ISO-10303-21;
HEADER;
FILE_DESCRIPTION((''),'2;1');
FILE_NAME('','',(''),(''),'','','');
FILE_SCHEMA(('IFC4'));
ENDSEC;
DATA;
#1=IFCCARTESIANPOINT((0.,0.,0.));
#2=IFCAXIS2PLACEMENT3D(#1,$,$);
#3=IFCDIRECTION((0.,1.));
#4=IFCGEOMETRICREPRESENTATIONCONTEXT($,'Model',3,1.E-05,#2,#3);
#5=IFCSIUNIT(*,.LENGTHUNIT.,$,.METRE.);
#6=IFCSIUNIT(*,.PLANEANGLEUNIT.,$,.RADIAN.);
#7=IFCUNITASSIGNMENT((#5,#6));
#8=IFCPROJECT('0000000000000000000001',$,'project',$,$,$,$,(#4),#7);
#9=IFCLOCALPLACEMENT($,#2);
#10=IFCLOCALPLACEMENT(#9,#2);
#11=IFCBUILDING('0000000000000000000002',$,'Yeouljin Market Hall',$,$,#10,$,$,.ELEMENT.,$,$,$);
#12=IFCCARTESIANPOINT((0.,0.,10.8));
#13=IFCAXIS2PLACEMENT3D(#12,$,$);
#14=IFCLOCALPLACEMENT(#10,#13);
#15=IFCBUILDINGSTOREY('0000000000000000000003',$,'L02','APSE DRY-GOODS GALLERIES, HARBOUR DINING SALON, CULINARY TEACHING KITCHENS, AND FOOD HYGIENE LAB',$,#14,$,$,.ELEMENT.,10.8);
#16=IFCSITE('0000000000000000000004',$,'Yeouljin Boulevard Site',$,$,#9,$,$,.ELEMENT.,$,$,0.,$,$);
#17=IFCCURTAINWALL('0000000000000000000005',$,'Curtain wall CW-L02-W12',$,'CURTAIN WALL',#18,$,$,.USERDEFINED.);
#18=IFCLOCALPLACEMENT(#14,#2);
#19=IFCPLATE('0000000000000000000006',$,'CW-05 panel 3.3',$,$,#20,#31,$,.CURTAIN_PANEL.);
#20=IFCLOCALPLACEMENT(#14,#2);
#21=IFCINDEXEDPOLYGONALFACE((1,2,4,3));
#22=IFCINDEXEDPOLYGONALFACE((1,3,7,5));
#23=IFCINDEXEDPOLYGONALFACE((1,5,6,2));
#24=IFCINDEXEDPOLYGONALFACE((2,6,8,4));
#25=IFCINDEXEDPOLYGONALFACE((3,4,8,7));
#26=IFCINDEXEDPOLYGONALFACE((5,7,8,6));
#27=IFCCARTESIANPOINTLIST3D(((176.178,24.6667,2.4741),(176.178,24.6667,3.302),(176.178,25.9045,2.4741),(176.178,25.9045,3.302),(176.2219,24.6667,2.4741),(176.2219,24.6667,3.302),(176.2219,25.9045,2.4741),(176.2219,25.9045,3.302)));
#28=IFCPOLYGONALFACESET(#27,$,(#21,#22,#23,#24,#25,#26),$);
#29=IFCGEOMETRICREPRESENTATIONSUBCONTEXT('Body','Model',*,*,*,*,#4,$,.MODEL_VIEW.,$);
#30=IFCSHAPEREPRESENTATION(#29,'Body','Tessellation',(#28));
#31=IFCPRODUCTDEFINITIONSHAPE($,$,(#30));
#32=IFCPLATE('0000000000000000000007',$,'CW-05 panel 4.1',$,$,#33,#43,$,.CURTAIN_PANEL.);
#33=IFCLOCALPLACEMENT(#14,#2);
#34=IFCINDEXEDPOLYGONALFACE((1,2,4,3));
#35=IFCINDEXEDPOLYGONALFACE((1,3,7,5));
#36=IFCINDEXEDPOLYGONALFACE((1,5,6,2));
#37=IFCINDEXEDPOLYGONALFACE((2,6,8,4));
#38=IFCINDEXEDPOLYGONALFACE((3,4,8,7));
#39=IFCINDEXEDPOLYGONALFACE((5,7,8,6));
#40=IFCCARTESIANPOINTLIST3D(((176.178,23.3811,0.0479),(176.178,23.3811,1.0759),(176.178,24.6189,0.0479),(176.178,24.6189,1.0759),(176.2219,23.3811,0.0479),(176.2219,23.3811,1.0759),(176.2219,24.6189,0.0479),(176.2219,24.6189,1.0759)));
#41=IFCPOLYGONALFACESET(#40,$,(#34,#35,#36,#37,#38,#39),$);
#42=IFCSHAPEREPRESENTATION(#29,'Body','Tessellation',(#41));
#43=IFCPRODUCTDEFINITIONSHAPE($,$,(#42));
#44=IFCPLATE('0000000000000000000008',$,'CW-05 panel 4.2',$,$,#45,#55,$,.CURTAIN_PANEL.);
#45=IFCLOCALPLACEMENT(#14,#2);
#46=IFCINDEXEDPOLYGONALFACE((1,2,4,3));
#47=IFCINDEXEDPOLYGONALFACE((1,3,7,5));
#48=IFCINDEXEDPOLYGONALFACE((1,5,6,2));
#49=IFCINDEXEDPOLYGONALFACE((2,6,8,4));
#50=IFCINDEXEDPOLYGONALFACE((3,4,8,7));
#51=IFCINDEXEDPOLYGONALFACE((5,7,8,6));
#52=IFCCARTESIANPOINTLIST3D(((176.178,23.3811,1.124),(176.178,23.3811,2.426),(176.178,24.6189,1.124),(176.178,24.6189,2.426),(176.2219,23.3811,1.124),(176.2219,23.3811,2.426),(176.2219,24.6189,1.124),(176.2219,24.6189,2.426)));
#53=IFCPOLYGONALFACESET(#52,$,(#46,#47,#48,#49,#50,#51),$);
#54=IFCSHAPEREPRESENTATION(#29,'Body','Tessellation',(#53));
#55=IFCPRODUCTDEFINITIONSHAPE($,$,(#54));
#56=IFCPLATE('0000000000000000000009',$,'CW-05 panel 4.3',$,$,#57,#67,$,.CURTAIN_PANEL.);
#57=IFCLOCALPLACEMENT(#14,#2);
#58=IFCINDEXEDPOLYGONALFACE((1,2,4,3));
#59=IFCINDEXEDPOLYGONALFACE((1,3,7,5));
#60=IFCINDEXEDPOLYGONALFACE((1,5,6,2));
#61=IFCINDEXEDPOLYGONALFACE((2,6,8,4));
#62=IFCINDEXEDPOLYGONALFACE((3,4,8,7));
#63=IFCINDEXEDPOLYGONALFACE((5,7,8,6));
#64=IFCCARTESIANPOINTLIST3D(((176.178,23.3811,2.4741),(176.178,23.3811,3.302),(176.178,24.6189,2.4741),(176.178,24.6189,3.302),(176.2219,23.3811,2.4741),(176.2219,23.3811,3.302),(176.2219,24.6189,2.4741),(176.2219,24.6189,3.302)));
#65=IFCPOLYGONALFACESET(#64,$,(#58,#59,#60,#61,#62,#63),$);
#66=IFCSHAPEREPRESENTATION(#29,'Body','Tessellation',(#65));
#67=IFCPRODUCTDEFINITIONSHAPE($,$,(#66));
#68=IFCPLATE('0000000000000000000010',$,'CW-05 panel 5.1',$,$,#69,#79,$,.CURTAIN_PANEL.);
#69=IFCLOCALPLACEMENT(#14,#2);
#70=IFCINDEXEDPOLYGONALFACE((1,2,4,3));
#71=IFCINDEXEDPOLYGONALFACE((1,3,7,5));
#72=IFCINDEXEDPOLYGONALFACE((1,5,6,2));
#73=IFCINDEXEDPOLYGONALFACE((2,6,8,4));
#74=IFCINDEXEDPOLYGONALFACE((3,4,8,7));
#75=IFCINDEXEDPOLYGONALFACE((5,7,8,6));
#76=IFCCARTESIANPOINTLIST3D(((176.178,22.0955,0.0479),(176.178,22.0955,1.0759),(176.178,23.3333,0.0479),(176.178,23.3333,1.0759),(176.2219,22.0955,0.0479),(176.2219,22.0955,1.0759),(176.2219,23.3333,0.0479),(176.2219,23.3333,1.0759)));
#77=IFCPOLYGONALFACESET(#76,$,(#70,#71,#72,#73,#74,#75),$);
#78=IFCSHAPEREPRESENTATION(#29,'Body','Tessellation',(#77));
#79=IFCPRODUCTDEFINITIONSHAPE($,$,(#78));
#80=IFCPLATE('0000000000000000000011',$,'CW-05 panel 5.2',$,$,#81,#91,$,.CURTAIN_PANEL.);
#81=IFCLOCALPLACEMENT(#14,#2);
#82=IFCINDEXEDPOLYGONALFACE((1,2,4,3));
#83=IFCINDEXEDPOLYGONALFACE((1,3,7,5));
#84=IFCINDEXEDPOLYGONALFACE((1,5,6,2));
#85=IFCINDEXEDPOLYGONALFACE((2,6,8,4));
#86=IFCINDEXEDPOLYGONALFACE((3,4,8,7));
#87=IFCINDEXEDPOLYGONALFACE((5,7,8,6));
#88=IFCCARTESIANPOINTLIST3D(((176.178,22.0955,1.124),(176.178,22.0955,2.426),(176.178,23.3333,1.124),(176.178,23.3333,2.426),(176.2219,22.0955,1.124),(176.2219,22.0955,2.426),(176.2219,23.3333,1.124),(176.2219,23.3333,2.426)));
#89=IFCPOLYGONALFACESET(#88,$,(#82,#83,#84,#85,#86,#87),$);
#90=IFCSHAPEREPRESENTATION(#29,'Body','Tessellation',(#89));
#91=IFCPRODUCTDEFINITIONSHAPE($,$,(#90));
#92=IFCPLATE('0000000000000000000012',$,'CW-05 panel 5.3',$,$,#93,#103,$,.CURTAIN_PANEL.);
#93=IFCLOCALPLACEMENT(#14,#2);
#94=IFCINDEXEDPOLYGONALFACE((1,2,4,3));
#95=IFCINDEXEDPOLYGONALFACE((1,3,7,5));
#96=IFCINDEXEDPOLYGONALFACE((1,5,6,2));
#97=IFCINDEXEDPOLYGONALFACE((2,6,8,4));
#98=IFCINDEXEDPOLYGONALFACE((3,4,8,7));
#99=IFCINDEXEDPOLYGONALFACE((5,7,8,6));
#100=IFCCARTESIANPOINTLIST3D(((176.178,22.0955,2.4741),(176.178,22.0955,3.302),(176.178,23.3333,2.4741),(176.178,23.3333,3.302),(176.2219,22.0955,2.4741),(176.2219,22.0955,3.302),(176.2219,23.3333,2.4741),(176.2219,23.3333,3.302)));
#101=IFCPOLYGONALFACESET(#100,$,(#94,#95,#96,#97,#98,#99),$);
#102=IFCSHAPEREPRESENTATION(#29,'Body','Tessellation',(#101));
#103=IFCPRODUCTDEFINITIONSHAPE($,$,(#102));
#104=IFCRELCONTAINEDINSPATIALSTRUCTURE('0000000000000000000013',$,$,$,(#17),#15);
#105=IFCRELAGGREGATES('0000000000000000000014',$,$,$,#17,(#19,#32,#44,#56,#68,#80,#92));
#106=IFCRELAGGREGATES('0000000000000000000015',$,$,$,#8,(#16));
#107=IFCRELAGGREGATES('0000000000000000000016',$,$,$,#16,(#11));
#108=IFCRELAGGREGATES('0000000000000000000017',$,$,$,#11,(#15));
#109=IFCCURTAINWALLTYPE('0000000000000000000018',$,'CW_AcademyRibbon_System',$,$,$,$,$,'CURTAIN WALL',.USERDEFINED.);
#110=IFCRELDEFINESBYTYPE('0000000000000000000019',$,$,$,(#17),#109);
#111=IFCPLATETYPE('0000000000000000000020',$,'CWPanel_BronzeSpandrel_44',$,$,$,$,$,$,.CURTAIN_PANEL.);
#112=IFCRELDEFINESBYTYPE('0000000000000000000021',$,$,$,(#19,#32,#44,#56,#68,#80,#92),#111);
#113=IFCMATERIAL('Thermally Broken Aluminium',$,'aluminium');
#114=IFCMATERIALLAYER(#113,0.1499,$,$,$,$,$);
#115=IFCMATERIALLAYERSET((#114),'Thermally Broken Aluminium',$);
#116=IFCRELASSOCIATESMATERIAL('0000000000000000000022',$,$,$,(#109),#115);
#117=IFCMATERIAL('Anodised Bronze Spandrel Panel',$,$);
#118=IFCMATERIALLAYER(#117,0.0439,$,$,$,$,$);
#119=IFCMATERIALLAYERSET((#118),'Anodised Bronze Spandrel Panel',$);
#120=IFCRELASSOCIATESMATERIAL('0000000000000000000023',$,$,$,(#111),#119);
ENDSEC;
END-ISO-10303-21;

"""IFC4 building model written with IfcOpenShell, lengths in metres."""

from ifc_helpers import new_model, si_unit, direction, frame, origin, origin_2d, place, context, subcontext, project, spatial, rectangle, extrude, material, layer, layer_set, type_object, element, aggregate, save


model = new_model("IFC4")

# Units and contexts
model_context = context("Model", 3, precision=1e-05, world=origin(), true_north=direction((0.0, 1.0)))
body_context = subcontext(model_context, "Body", "Model", "MODEL_VIEW")
ifc_project = project(units=[si_unit("LENGTHUNIT", "METRE"), si_unit("PLANEANGLEUNIT", "RADIAN")], contexts=[model_context])

# Site, building, storey
site_placement = place(None, origin())
site = spatial("IfcSite", under=ifc_project, at=site_placement, Name="Yeouljin Boulevard Site", CompositionType="ELEMENT", RefElevation=0.0)
building_placement = place(site_placement, origin())
building = spatial("IfcBuilding", under=site, at=building_placement, Name="Yeouljin Market Hall", CompositionType="ELEMENT")
storey_placement = place(building_placement, frame((0.0, 0.0, 10.8)))
storey = spatial("IfcBuildingStorey", under=building, at=storey_placement, Name="L02", Description="APSE DRY-GOODS GALLERIES, HARBOUR DINING SALON, CULINARY TEACHING KITCHENS, AND FOOD HYGIENE LAB", CompositionType="ELEMENT", Elevation=10.8)

# Curtain wall, plates
ifc_material_1 = material(Name="Thermally Broken Aluminium", Category="aluminium")
ifc_layer_1 = layer(ifc_material_1, 0.1499)
ifc_layer_set_1 = layer_set([ifc_layer_1], Name="Thermally Broken Aluminium")
curtain_wall_type = type_object("IfcCurtainWallType", Name="CW_AcademyRibbon_System", ElementType="CURTAIN WALL", PredefinedType="USERDEFINED", material=ifc_layer_set_1)
curtain_wall_placement = place(storey_placement, origin())
curtain_wall = element("IfcCurtainWall", 1, at=curtain_wall_placement, inside=storey, type_object=curtain_wall_type, Name="Curtain wall CW-L02-W12", ObjectType="CURTAIN WALL", PredefinedType="USERDEFINED")
ifc_material_2 = material(Name="Anodised Bronze Spandrel Panel")
ifc_layer_2 = layer(ifc_material_2, 0.0439)
ifc_layer_set_2 = layer_set([ifc_layer_2], Name="Anodised Bronze Spandrel Panel")
plate_type = type_object("IfcPlateType", Name="CWPanel_BronzeSpandrel_44", PredefinedType="CURTAIN_PANEL", material=ifc_layer_set_2)
plate_1_placement = place(storey_placement, frame((176.2, 25.2856, 2.4741), z_axis=(0.0, 0.0, 1.0), x_axis=(0.0, -1.0, 0.0)))
plate_1 = element("IfcPlate", 2, at=plate_1_placement, type_object=plate_type, Name="CW-05 panel 3.3", PredefinedType="CURTAIN_PANEL", context=body_context, shape_type="SweptSolid", body=[
    extrude(rectangle(XDim=1.2378, YDim=0.0439, at=origin_2d()), origin(), (0.0, 0.0, 1.0), 0.8279),
])
plate_2_placement = place(storey_placement, frame((176.2, 24.0, 0.0479), z_axis=(0.0, 0.0, 1.0), x_axis=(0.0, -1.0, 0.0)))
plate_2 = element("IfcPlate", 3, at=plate_2_placement, type_object=plate_type, Name="CW-05 panel 4.1", PredefinedType="CURTAIN_PANEL", context=body_context, shape_type="SweptSolid", body=[
    extrude(rectangle(XDim=1.2378, YDim=0.0439, at=origin_2d()), origin(), (0.0, 0.0, 1.0), 1.0281),
])
plate_3_placement = place(storey_placement, frame((176.2, 24.0, 1.124), z_axis=(0.0, 0.0, 1.0), x_axis=(0.0, -1.0, 0.0)))
plate_3 = element("IfcPlate", 4, at=plate_3_placement, type_object=plate_type, Name="CW-05 panel 4.2", PredefinedType="CURTAIN_PANEL", context=body_context, shape_type="SweptSolid", body=[
    extrude(rectangle(XDim=1.2378, YDim=0.0439, at=origin_2d()), origin(), (0.0, 0.0, 1.0), 1.302),
])
plate_4_placement = place(storey_placement, frame((176.2, 24.0, 2.4741), z_axis=(0.0, 0.0, 1.0), x_axis=(0.0, -1.0, 0.0)))
plate_4 = element("IfcPlate", 5, at=plate_4_placement, type_object=plate_type, Name="CW-05 panel 4.3", PredefinedType="CURTAIN_PANEL", context=body_context, shape_type="SweptSolid", body=[
    extrude(rectangle(XDim=1.2378, YDim=0.0439, at=origin_2d()), origin(), (0.0, 0.0, 1.0), 0.8279),
])
plate_5_placement = place(storey_placement, frame((176.2, 22.7144, 0.0479), z_axis=(0.0, 0.0, 1.0), x_axis=(0.0, -1.0, 0.0)))
plate_5 = element("IfcPlate", 6, at=plate_5_placement, type_object=plate_type, Name="CW-05 panel 5.1", PredefinedType="CURTAIN_PANEL", context=body_context, shape_type="SweptSolid", body=[
    extrude(rectangle(XDim=1.2378, YDim=0.0439, at=origin_2d()), origin(), (0.0, 0.0, 1.0), 1.0281),
])
plate_6_placement = place(storey_placement, frame((176.2, 22.7144, 1.124), z_axis=(0.0, 0.0, 1.0), x_axis=(0.0, -1.0, 0.0)))
plate_6 = element("IfcPlate", 7, at=plate_6_placement, type_object=plate_type, Name="CW-05 panel 5.2", PredefinedType="CURTAIN_PANEL", context=body_context, shape_type="SweptSolid", body=[
    extrude(rectangle(XDim=1.2378, YDim=0.0439, at=origin_2d()), origin(), (0.0, 0.0, 1.0), 1.302),
])
plate_7_placement = place(storey_placement, frame((176.2, 22.7144, 2.4741), z_axis=(0.0, 0.0, 1.0), x_axis=(0.0, -1.0, 0.0)))
plate_7 = element("IfcPlate", 8, at=plate_7_placement, type_object=plate_type, Name="CW-05 panel 5.3", PredefinedType="CURTAIN_PANEL", context=body_context, shape_type="SweptSolid", body=[
    extrude(rectangle(XDim=1.2378, YDim=0.0439, at=origin_2d()), origin(), (0.0, 0.0, 1.0), 0.8279),
])
aggregate(curtain_wall, [plate_1, plate_2, plate_3, plate_4, plate_5, plate_6, plate_7])

save(model, "model.ifc")
